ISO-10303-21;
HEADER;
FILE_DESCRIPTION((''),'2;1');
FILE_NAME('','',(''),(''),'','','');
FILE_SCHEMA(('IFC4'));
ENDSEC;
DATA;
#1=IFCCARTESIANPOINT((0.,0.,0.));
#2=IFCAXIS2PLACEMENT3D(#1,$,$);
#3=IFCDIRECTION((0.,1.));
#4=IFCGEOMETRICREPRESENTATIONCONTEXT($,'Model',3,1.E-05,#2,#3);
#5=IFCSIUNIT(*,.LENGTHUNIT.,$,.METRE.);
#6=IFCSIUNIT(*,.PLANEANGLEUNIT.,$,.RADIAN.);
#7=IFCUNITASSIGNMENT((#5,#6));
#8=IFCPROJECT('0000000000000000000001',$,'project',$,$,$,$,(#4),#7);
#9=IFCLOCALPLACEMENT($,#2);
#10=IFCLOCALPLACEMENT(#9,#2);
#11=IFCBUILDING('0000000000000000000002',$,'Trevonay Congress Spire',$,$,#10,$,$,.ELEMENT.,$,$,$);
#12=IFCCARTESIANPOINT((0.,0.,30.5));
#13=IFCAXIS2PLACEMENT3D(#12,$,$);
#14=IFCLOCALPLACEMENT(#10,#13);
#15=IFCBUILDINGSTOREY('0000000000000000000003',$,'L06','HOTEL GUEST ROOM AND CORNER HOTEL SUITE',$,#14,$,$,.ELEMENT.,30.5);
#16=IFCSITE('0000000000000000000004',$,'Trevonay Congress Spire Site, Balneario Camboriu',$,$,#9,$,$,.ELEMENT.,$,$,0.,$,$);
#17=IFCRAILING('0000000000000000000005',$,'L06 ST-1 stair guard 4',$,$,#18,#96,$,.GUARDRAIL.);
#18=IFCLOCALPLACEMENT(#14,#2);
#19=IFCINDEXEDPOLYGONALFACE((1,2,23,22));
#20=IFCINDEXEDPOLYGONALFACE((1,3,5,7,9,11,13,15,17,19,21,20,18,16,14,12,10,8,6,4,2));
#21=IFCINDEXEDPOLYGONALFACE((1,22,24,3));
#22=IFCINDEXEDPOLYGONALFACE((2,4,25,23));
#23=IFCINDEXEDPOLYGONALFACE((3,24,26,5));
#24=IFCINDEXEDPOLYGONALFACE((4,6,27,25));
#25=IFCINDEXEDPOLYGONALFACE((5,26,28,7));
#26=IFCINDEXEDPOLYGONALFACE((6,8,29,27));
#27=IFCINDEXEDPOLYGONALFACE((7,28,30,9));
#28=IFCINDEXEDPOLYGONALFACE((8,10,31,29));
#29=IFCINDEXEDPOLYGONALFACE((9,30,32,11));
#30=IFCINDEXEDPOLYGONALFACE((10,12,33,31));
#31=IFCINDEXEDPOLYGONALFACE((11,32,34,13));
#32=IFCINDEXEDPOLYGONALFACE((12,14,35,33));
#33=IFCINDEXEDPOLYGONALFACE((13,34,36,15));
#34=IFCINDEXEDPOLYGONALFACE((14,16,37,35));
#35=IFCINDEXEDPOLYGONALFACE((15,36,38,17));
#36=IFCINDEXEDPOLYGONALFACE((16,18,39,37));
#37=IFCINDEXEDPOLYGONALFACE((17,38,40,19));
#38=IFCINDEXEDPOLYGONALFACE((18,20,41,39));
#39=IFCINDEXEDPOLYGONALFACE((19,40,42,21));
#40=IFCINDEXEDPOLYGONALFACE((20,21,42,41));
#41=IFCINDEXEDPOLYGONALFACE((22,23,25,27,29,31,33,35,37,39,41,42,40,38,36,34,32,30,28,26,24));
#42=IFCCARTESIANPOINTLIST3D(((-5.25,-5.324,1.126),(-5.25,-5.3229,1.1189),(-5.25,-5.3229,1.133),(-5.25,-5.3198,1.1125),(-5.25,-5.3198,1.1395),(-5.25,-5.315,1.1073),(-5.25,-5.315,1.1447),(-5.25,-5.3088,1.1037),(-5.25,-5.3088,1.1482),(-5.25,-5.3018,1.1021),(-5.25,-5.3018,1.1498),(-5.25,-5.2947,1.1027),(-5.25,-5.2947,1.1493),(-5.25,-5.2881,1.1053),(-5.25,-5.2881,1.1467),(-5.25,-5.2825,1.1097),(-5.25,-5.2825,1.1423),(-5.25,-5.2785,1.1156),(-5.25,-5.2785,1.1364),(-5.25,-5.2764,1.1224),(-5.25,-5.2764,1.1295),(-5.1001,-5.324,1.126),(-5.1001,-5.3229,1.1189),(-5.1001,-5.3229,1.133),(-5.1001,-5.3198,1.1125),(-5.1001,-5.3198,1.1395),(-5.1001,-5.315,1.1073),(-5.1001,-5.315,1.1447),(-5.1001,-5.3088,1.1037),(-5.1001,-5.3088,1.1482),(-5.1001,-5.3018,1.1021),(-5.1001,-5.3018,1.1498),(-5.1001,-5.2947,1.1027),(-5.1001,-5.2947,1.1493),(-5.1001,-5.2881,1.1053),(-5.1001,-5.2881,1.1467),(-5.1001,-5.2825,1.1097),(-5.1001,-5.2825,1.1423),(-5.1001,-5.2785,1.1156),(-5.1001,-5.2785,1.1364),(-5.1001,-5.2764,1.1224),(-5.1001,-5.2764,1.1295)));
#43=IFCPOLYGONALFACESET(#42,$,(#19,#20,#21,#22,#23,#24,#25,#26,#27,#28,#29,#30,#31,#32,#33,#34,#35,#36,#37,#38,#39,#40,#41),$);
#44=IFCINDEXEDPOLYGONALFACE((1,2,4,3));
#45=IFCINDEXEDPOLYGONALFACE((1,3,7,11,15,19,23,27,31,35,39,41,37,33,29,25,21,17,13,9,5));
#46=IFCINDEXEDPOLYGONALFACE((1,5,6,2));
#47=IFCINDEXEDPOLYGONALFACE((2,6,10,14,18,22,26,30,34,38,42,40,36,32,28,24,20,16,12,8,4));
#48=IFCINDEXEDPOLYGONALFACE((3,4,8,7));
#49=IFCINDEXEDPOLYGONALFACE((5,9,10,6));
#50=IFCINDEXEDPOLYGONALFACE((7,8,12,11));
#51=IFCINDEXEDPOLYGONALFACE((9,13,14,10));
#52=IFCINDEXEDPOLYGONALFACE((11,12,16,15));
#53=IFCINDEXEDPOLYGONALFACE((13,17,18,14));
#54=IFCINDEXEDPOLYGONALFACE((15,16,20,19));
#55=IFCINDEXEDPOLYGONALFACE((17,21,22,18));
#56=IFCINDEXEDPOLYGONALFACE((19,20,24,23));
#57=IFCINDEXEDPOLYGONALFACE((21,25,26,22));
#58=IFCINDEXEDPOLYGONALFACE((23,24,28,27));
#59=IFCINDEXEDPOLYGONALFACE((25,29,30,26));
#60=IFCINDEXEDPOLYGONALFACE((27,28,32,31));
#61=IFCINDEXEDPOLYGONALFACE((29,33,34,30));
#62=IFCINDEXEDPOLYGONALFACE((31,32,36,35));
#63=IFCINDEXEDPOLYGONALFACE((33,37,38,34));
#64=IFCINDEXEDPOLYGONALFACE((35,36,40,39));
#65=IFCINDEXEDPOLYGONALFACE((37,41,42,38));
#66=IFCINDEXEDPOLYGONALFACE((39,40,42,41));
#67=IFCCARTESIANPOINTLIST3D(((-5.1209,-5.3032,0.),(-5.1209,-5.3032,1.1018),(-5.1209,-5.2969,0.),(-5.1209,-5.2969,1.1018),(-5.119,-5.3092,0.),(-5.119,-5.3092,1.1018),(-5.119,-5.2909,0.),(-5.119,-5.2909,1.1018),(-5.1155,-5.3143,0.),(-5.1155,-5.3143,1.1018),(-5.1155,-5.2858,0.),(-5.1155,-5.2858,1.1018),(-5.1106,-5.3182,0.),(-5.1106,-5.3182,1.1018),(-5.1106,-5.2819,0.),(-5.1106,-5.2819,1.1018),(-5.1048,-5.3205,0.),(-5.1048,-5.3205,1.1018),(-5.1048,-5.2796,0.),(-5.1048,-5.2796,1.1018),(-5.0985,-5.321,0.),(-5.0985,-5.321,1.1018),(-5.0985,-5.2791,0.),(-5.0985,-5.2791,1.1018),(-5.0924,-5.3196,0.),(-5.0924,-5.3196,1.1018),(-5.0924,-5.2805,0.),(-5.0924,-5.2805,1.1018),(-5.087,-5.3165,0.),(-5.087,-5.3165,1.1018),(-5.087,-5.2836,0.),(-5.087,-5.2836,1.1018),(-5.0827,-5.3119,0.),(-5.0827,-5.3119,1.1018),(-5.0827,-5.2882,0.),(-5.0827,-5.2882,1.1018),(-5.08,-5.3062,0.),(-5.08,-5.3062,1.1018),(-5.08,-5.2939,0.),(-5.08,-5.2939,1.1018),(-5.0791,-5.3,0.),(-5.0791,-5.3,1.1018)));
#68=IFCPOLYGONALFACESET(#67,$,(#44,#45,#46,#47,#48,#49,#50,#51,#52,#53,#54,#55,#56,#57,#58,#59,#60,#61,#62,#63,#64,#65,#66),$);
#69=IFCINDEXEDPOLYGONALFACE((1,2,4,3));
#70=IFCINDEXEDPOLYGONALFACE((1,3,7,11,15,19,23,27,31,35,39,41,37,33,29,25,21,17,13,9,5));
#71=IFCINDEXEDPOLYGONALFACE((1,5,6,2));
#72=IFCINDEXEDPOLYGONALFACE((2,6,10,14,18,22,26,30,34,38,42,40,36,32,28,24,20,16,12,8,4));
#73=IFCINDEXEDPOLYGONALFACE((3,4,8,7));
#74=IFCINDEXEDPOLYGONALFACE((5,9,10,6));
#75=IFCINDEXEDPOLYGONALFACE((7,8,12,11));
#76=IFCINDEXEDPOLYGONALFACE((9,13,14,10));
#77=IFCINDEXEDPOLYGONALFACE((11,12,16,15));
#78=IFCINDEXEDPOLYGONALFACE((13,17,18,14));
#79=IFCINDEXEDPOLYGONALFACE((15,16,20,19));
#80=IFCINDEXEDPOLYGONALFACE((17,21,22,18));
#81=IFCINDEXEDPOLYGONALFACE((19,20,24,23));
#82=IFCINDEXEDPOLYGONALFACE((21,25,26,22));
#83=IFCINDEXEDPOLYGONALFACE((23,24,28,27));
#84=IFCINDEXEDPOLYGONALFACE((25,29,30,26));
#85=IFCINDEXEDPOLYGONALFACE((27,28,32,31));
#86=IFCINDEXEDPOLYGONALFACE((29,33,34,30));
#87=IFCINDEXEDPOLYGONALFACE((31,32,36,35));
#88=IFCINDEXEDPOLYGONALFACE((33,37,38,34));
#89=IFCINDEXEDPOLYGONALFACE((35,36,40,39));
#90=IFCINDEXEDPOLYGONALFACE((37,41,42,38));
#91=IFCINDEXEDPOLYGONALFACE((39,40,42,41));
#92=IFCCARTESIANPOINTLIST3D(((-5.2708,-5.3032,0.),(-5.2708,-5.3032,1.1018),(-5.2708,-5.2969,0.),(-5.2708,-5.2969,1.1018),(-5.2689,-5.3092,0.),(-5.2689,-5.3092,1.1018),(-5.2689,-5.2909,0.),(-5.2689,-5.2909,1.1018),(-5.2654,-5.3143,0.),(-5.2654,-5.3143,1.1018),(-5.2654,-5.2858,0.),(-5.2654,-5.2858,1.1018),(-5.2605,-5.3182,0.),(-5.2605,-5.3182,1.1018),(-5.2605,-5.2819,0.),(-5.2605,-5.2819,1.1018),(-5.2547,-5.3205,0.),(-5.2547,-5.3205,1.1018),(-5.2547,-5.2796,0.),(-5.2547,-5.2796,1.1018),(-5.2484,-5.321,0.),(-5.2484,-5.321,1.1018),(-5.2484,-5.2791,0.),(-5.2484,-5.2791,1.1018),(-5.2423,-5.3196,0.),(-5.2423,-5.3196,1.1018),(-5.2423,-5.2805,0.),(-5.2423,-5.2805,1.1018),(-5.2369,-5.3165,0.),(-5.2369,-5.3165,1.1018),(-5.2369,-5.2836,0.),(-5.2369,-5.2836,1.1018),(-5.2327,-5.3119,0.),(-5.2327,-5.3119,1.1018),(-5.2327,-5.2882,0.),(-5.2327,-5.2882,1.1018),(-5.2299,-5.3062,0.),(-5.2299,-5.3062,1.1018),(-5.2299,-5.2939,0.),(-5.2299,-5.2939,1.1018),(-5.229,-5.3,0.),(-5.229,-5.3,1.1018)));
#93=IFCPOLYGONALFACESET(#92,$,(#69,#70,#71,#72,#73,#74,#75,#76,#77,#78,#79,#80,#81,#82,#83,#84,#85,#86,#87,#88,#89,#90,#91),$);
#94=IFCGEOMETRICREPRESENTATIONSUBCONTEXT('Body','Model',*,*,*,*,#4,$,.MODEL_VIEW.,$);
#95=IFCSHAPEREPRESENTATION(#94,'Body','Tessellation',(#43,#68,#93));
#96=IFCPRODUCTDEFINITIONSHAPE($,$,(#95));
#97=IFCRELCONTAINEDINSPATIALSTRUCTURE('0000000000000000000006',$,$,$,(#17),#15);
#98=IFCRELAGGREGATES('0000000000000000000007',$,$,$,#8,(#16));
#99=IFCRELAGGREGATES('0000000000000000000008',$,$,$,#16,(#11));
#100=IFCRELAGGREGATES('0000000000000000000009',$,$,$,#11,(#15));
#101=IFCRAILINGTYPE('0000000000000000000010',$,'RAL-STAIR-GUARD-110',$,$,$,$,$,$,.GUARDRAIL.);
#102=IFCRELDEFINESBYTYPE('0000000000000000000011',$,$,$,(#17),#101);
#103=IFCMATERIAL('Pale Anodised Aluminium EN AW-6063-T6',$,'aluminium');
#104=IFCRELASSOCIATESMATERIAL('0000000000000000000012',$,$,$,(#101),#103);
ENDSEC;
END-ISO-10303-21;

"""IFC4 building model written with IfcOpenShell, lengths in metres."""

from ifc_helpers import new_model, si_unit, direction, frame, origin, origin_2d, place, context, subcontext, project, spatial, circle, extrude, material, type_object, element, save


model = new_model("IFC4")

# Units and contexts
model_context = context("Model", 3, precision=1e-05, world=origin(), true_north=direction((0.0, 1.0)))
body_context = subcontext(model_context, "Body", "Model", "MODEL_VIEW")
ifc_project = project(units=[si_unit("LENGTHUNIT", "METRE"), si_unit("PLANEANGLEUNIT", "RADIAN")], contexts=[model_context])

# Site, building, storey
site_placement = place(None, origin())
site = spatial("IfcSite", under=ifc_project, at=site_placement, Name="Trevonay Congress Spire Site, Balneario Camboriu", CompositionType="ELEMENT", RefElevation=0.0)
building_placement = place(site_placement, origin())
building = spatial("IfcBuilding", under=site, at=building_placement, Name="Trevonay Congress Spire", CompositionType="ELEMENT")
storey_placement = place(building_placement, frame((0.0, 0.0, 30.5)))
storey = spatial("IfcBuildingStorey", under=building, at=storey_placement, Name="L06", Description="HOTEL GUEST ROOM AND CORNER HOTEL SUITE", CompositionType="ELEMENT", Elevation=30.5)

# Shared definitions
ifc_material_1 = material(Name="Pale Anodised Aluminium EN AW-6063-T6", Category="aluminium")

# Railing
railing_type_1 = type_object("IfcRailingType", Name="RAL-STAIR-GUARD-110", PredefinedType="GUARDRAIL", material=ifc_material_1)
railing_1_placement = place(storey_placement, frame((-5.1001, -5.3, 0.0)))
element("IfcRailing", 1, at=railing_1_placement, inside=storey, type_object=railing_type_1, Name="L06 ST-1 stair guard 4", PredefinedType="GUARDRAIL", context=body_context, shape_type="SweptSolid", body=[
    extrude(circle(Radius=0.0239, at=origin_2d()), frame((0.0, 0.0, 1.126), z_axis=(-1.0, 0.0, 0.0), x_axis=(0.0, -1.0, 0.0)), (0.0, 0.0, 1.0), 0.1499),
    extrude(circle(Radius=0.021, at=origin_2d()), origin(), (0.0, 0.0, 1.0), 1.1018),
    extrude(circle(Radius=0.021, at=origin_2d()), frame((-0.1499, 0.0, 0.0)), (0.0, 0.0, 1.0), 1.1018),
])

save(model, "model.ifc")
